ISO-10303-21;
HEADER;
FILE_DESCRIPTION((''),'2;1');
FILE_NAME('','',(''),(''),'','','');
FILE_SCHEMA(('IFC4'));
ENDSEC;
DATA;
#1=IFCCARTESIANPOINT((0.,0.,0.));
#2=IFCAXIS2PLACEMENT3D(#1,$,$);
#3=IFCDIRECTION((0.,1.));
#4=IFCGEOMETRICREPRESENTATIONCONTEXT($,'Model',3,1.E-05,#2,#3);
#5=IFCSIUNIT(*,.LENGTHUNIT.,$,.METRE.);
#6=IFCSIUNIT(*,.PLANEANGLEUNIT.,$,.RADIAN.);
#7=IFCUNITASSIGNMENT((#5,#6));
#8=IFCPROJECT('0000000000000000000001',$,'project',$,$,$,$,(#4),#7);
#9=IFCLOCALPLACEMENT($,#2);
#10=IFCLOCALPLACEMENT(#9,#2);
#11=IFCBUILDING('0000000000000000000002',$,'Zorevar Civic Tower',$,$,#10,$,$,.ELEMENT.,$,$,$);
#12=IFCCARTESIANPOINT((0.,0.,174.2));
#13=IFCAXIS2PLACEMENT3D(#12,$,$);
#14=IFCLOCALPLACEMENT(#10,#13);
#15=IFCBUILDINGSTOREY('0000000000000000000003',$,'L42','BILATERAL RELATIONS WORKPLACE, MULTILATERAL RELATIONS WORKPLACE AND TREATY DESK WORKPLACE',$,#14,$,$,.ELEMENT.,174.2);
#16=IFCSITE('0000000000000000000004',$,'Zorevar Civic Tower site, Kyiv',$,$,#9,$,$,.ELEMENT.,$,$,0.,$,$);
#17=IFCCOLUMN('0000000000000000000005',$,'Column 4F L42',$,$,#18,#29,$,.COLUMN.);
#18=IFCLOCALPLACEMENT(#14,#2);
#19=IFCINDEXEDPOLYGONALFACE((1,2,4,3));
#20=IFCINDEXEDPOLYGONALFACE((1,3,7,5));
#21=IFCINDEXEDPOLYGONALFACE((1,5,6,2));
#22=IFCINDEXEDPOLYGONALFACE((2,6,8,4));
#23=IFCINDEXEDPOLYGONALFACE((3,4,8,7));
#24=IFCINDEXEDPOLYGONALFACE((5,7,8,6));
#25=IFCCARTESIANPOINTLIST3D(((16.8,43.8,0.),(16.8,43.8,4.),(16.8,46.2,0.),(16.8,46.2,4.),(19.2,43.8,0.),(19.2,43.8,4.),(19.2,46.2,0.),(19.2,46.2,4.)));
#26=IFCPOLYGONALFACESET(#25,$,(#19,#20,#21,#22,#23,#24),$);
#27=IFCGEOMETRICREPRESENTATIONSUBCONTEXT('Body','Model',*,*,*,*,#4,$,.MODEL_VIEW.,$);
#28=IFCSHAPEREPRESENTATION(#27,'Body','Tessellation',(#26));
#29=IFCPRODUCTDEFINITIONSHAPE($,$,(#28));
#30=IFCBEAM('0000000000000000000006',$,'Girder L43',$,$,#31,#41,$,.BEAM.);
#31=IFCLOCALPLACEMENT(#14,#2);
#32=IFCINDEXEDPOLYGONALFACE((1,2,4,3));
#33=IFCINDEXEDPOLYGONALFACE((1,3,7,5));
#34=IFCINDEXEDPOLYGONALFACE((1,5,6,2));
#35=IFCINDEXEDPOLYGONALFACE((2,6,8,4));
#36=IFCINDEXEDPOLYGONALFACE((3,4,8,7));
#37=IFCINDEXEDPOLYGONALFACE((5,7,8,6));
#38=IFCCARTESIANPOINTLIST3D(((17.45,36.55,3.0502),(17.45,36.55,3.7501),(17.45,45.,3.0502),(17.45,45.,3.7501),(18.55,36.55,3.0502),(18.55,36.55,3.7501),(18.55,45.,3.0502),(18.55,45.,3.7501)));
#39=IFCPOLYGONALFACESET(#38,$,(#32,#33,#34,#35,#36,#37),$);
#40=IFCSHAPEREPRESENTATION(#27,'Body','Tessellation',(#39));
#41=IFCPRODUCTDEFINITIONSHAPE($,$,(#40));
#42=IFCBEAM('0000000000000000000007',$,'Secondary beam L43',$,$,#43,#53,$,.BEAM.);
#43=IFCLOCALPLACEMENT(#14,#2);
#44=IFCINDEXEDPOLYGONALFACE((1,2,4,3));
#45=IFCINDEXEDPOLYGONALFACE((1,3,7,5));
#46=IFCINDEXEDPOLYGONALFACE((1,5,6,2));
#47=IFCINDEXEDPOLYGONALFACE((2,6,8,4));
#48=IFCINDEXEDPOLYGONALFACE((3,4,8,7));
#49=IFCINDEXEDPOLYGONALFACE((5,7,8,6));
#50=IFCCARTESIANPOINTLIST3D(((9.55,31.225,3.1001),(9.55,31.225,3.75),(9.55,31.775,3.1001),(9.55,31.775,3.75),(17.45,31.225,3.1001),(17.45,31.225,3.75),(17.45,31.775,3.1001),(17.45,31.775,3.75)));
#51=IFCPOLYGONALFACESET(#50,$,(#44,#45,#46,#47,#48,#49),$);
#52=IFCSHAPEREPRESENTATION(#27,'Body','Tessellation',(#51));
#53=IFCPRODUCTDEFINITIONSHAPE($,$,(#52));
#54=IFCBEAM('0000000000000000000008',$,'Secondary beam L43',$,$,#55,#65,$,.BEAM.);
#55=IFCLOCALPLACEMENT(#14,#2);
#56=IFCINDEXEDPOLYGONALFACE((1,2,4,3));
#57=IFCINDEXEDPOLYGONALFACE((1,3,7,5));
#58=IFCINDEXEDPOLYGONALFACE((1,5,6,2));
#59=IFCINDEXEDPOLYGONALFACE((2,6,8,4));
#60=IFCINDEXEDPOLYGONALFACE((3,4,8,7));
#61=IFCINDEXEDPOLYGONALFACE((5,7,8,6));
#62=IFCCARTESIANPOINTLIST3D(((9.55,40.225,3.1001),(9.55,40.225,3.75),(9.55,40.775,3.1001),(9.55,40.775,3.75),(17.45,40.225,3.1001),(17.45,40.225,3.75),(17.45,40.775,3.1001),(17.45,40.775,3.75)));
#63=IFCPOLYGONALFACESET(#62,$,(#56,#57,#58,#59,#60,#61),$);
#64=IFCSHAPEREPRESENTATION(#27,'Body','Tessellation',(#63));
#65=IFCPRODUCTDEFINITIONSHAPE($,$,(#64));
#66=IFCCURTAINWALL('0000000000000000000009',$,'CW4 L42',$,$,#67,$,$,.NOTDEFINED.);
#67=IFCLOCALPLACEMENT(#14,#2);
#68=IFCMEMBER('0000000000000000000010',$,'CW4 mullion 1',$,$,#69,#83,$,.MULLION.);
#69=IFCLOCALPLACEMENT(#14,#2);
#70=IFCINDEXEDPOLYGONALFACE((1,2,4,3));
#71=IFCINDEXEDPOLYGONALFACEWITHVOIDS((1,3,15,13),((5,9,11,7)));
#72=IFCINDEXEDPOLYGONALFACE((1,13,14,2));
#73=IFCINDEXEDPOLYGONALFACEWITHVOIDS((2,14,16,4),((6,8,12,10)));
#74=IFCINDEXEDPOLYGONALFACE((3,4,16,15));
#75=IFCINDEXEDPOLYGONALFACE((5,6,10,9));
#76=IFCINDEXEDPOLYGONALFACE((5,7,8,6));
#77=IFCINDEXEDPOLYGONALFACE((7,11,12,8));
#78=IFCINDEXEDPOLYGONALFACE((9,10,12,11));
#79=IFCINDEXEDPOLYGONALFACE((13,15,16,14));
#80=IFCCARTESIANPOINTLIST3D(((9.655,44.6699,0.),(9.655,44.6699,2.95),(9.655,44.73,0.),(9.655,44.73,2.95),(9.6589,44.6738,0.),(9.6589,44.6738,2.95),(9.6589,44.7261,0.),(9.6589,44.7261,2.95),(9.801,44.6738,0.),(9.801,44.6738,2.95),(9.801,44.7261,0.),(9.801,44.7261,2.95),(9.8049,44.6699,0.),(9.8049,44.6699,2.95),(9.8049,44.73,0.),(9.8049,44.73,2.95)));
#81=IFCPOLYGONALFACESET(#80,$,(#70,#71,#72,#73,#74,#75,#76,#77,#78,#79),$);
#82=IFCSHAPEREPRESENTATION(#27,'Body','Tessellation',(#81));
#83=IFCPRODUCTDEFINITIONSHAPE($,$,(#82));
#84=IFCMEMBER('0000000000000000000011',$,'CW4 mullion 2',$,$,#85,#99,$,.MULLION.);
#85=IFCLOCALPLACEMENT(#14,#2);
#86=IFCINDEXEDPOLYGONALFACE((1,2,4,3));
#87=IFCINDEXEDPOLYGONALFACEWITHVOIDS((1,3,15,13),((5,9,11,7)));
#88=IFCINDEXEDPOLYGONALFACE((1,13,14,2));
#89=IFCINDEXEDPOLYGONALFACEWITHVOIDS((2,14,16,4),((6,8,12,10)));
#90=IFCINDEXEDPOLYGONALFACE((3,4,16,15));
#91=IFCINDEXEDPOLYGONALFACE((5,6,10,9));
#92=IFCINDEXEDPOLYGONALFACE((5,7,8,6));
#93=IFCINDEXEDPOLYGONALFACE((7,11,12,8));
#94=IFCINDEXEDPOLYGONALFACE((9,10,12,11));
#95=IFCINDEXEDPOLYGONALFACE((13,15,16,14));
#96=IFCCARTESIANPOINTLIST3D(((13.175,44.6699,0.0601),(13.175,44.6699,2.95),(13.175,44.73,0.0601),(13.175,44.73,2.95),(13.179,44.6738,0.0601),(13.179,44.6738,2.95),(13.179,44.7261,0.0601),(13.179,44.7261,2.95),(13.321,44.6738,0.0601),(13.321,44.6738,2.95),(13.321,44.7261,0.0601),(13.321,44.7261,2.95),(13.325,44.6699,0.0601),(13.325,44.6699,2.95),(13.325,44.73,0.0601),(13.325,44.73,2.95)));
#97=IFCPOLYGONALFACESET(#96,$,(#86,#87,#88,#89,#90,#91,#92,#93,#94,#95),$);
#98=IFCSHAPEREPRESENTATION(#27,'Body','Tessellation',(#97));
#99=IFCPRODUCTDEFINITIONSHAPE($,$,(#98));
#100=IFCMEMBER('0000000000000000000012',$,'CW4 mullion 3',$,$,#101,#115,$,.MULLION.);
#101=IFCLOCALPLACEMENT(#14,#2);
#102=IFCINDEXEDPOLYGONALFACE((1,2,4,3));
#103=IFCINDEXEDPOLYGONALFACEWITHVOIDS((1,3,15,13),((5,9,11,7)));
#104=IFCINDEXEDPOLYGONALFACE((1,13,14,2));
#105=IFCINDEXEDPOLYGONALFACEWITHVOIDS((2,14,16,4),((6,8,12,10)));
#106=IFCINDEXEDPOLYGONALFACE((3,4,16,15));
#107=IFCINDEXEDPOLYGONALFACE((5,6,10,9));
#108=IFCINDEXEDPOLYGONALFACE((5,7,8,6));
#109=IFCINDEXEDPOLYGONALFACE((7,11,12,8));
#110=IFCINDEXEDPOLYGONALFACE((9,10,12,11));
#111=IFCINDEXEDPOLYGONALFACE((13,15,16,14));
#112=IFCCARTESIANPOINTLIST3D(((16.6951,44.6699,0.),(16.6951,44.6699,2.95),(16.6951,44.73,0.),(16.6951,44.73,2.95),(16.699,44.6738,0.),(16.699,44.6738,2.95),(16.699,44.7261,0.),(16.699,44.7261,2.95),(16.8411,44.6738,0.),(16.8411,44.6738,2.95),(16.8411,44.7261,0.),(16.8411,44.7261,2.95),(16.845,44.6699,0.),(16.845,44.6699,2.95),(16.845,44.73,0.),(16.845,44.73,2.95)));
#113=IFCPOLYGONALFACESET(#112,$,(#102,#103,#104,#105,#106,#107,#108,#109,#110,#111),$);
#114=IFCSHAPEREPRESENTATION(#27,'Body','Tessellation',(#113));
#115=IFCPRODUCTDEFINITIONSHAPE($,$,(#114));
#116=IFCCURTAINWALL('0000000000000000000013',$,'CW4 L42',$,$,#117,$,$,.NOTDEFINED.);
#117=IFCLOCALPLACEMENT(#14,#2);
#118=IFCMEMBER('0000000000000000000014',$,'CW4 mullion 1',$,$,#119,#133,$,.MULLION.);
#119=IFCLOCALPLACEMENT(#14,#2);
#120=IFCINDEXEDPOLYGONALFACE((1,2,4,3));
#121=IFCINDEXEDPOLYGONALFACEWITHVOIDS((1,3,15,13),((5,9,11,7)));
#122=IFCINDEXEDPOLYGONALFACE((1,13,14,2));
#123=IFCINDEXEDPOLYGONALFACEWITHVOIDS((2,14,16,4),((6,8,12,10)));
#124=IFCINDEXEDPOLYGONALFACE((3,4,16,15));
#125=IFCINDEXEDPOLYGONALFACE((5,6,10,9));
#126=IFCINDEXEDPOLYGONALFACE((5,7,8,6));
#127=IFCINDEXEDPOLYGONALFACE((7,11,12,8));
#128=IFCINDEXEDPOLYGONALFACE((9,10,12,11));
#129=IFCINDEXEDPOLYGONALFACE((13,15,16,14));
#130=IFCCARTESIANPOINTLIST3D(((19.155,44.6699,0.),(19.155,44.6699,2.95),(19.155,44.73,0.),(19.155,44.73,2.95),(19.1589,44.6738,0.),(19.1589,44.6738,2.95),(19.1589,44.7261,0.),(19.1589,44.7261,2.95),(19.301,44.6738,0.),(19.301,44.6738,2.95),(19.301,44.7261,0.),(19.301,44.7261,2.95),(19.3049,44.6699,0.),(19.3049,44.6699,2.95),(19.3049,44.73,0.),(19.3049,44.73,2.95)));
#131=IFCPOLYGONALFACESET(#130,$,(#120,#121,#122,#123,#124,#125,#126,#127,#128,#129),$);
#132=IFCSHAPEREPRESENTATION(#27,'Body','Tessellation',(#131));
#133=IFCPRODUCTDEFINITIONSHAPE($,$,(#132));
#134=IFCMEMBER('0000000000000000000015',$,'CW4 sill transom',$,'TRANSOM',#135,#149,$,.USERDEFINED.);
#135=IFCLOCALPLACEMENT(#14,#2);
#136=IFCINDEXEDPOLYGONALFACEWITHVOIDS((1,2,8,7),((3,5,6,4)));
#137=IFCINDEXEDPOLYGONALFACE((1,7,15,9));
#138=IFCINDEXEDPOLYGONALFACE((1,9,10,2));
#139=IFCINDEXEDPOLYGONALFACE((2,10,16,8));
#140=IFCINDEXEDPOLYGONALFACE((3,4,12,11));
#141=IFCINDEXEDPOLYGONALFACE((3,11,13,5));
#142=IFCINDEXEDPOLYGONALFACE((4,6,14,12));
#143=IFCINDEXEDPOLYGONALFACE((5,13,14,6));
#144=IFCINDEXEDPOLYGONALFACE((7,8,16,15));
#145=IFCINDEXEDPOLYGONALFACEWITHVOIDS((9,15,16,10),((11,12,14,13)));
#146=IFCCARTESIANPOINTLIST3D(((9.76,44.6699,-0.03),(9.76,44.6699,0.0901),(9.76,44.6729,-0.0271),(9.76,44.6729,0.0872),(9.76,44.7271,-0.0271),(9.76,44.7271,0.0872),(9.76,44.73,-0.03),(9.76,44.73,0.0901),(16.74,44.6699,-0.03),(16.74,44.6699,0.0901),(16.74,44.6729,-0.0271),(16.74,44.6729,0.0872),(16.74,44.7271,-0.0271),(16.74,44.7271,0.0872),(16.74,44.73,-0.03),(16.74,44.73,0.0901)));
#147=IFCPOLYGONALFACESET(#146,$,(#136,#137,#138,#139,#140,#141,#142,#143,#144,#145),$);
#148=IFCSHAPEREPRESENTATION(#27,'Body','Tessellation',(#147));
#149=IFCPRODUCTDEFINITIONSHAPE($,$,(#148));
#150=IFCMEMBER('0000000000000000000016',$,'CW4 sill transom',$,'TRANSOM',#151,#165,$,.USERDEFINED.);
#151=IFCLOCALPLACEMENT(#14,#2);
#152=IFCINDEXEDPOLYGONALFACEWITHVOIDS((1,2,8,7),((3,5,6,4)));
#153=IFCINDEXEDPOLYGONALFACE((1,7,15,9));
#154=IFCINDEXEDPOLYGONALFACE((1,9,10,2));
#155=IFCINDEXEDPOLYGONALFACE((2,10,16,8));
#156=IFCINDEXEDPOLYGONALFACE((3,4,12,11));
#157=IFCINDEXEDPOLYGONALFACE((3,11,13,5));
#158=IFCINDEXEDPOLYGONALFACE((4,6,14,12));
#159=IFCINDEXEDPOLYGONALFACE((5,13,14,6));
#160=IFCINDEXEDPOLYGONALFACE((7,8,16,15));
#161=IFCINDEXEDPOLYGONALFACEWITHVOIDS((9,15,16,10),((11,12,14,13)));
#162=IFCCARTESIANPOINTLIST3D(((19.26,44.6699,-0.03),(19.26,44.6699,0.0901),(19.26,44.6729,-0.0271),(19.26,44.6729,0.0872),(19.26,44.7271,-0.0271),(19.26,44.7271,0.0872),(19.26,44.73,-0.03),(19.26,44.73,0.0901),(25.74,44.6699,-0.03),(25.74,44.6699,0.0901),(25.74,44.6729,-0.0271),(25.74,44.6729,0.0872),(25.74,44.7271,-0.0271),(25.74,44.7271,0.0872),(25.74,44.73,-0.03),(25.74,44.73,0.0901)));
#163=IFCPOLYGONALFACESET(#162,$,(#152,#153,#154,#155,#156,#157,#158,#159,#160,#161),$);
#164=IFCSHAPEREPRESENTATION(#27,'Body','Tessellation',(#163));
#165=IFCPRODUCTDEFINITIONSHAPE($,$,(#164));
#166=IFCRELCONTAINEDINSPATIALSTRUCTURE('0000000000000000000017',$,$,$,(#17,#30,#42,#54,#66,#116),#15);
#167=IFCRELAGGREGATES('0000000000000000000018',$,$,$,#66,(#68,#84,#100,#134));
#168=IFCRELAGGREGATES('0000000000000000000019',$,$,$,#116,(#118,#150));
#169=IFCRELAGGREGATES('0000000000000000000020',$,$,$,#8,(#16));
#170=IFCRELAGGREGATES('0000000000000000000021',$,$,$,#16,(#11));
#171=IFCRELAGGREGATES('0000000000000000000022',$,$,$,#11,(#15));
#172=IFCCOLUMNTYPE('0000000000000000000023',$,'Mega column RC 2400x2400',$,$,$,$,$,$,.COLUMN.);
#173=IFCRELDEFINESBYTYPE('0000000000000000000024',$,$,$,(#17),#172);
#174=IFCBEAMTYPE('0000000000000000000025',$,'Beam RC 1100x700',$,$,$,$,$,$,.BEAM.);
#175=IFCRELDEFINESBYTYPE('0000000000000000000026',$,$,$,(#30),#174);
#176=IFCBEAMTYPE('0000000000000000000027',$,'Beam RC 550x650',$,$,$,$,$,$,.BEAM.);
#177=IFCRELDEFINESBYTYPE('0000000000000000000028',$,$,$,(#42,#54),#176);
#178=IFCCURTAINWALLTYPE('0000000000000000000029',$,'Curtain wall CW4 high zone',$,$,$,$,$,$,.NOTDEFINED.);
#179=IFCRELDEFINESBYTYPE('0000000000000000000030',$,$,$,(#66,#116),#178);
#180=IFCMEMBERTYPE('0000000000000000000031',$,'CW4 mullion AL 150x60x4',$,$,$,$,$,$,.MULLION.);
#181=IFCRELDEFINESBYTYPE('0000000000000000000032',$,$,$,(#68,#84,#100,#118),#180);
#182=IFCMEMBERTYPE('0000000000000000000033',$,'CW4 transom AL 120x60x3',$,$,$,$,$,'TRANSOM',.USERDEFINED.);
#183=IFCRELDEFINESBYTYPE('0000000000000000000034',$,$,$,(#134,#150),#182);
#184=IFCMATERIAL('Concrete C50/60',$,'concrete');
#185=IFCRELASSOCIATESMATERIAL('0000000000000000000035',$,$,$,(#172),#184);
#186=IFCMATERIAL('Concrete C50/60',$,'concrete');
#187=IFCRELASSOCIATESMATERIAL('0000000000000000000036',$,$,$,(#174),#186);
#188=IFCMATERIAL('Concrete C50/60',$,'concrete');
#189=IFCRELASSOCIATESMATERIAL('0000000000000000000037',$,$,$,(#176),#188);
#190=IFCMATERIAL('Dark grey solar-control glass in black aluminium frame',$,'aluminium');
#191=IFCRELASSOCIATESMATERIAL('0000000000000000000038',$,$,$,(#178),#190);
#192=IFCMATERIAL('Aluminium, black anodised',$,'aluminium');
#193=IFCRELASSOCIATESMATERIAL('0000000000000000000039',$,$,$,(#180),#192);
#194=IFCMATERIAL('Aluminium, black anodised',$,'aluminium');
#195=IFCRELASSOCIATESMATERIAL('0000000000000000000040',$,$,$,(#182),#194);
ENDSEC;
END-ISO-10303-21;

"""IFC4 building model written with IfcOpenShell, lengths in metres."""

from ifc_helpers import new_model, si_unit, direction, frame, origin, origin_2d, place, context, subcontext, project, spatial, rectangle, hollow_rectangle, extrude, material, material_profile, profile_set, type_object, element, aggregate, save


model = new_model("IFC4")

# Units and contexts
model_context = context("Model", 3, precision=1e-05, world=origin(), true_north=direction((0.0, 1.0)))
body_context = subcontext(model_context, "Body", "Model", "MODEL_VIEW")
ifc_project = project(units=[si_unit("LENGTHUNIT", "METRE"), si_unit("PLANEANGLEUNIT", "RADIAN")], contexts=[model_context])

# Site, building, storey
site_placement = place(None, origin())
site = spatial("IfcSite", under=ifc_project, at=site_placement, Name="Zorevar Civic Tower site, Kyiv", CompositionType="ELEMENT", RefElevation=0.0)
building_placement = place(site_placement, origin())
building = spatial("IfcBuilding", under=site, at=building_placement, Name="Zorevar Civic Tower", CompositionType="ELEMENT")
storey_placement = place(building_placement, frame((0.0, 0.0, 174.2)))
storey = spatial("IfcBuildingStorey", under=building, at=storey_placement, Name="L42", Description="BILATERAL RELATIONS WORKPLACE, MULTILATERAL RELATIONS WORKPLACE AND TREATY DESK WORKPLACE", CompositionType="ELEMENT", Elevation=174.2)

# Column
ifc_material_1 = material(Name="Concrete C50/60", Category="concrete")
ifc_material_profile_1 = material_profile(ifc_material_1, rectangle(XDim=2.3999, YDim=2.3999, at=origin_2d()), Name="RC 2400x2400")
ifc_profile_set_1 = profile_set([ifc_material_profile_1], Name="Concrete C50/60")
column_type = type_object("IfcColumnType", Name="Mega column RC 2400x2400", PredefinedType="COLUMN", material=ifc_profile_set_1)
column_placement = place(storey_placement, frame((18.0, 45.0, 0.0), z_axis=(0.0, 0.0, 1.0), x_axis=(1.0, 0.0, 0.0)))
element("IfcColumn", 1, at=column_placement, inside=storey, type_object=column_type, Name="Column 4F L42", PredefinedType="COLUMN", context=body_context, shape_type="SweptSolid", body=[
    extrude(rectangle(XDim=2.3999, YDim=2.3999, at=origin_2d()), origin(), (0.0, 0.0, 1.0), 4.0),
])

# Beams
ifc_material_2 = material(Name="Concrete C50/60", Category="concrete")
ifc_material_profile_2 = material_profile(ifc_material_2, rectangle(XDim=1.1001, YDim=0.7, at=origin_2d()), Name="RC 1100x700")
ifc_profile_set_2 = profile_set([ifc_material_profile_2], Name="Concrete C50/60")
beam_type_1 = type_object("IfcBeamType", Name="Beam RC 1100x700", PredefinedType="BEAM", material=ifc_profile_set_2)
beam_1_placement = place(storey_placement, frame((18.0, 36.55, 3.4001), z_axis=(0.0, 1.0, 0.0), x_axis=(-1.0, 0.0, 0.0)))
element("IfcBeam", 2, at=beam_1_placement, inside=storey, type_object=beam_type_1, Name="Girder L43", PredefinedType="BEAM", context=body_context, shape_type="SweptSolid", body=[
    extrude(rectangle(XDim=1.1001, YDim=0.7, at=origin_2d()), origin(), (0.0, 0.0, 1.0), 8.45),
])
ifc_material_3 = material(Name="Concrete C50/60", Category="concrete")
ifc_material_profile_3 = material_profile(ifc_material_3, rectangle(XDim=0.55, YDim=0.6499, at=origin_2d()), Name="RC 550x650")
ifc_profile_set_3 = profile_set([ifc_material_profile_3], Name="Concrete C50/60")
beam_type_2 = type_object("IfcBeamType", Name="Beam RC 550x650", PredefinedType="BEAM", material=ifc_profile_set_3)
for number, where, z_axis, x_axis, name in (
    (3, (9.55, 31.5, 3.425), (1.0, 0.0, 0.0), (0.0, 1.0, 0.0), "Secondary beam L43"),
    (4, (9.55, 40.5, 3.425), (1.0, 0.0, 0.0), (0.0, 1.0, 0.0), "Secondary beam L43"),
):
    element("IfcBeam", number, at=place(storey_placement, frame(where, z_axis=z_axis, x_axis=x_axis)), inside=storey, type_object=beam_type_2, Name=name, PredefinedType="BEAM", context=body_context, shape_type="SweptSolid", body=[
        extrude(rectangle(XDim=0.55, YDim=0.6499, at=origin_2d()), origin(), (0.0, 0.0, 1.0), 7.8999),
    ])

# Curtain wall, members
ifc_material_4 = material(Name="Dark grey solar-control glass in black aluminium frame", Category="aluminium")
curtain_wall_type = type_object("IfcCurtainWallType", Name="Curtain wall CW4 high zone", PredefinedType="NOTDEFINED", material=ifc_material_4)
curtain_wall_1_placement = place(storey_placement, origin())
curtain_wall_1 = element("IfcCurtainWall", 5, at=curtain_wall_1_placement, inside=storey, type_object=curtain_wall_type, Name="CW4 L42", PredefinedType="NOTDEFINED")
ifc_material_5 = material(Name="Aluminium, black anodised", Category="aluminium")
ifc_material_profile_4 = material_profile(ifc_material_5, hollow_rectangle(XDim=0.0601, YDim=0.1499, WallThickness=0.0039, at=origin_2d()), Name="AL 150x60x4")
ifc_profile_set_4 = profile_set([ifc_material_profile_4], Name="Aluminium, black anodised")
member_type_1 = type_object("IfcMemberType", Name="CW4 mullion AL 150x60x4", PredefinedType="MULLION", material=ifc_profile_set_4)
member_1_placement = place(storey_placement, frame((9.73, 44.7, 0.0), z_axis=(0.0, 0.0, 1.0), x_axis=(0.0, 1.0, 0.0)))
member_1 = element("IfcMember", 6, at=member_1_placement, type_object=member_type_1, Name="CW4 mullion 1", PredefinedType="MULLION", context=body_context, shape_type="SweptSolid", body=[
    extrude(hollow_rectangle(XDim=0.0601, YDim=0.1499, WallThickness=0.0039, at=origin_2d()), origin(), (0.0, 0.0, 1.0), 2.95),
])
member_2_placement = place(storey_placement, frame((13.25, 44.7, 0.0601), z_axis=(0.0, 0.0, 1.0), x_axis=(0.0, 1.0, 0.0)))
member_2 = element("IfcMember", 7, at=member_2_placement, type_object=member_type_1, Name="CW4 mullion 2", PredefinedType="MULLION", context=body_context, shape_type="SweptSolid", body=[
    extrude(hollow_rectangle(XDim=0.0601, YDim=0.1499, WallThickness=0.0039, at=origin_2d()), origin(), (0.0, 0.0, 1.0), 2.8899),
])
member_3_placement = place(storey_placement, frame((16.77, 44.7, 0.0), z_axis=(0.0, 0.0, 1.0), x_axis=(0.0, 1.0, 0.0)))
member_3 = element("IfcMember", 8, at=member_3_placement, type_object=member_type_1, Name="CW4 mullion 3", PredefinedType="MULLION", context=body_context, shape_type="SweptSolid", body=[
    extrude(hollow_rectangle(XDim=0.0601, YDim=0.1499, WallThickness=0.0039, at=origin_2d()), origin(), (0.0, 0.0, 1.0), 2.95),
])

# Curtain wall, member
curtain_wall_2_placement = place(storey_placement, origin())
curtain_wall_2 = element("IfcCurtainWall", 9, at=curtain_wall_2_placement, inside=storey, type_object=curtain_wall_type, Name="CW4 L42", PredefinedType="NOTDEFINED")
member_4_placement = place(storey_placement, frame((19.23, 44.7, 0.0), z_axis=(0.0, 0.0, 1.0), x_axis=(0.0, 1.0, 0.0)))
member_4 = element("IfcMember", 10, at=member_4_placement, type_object=member_type_1, Name="CW4 mullion 1", PredefinedType="MULLION", context=body_context, shape_type="SweptSolid", body=[
    extrude(hollow_rectangle(XDim=0.0601, YDim=0.1499, WallThickness=0.0039, at=origin_2d()), origin(), (0.0, 0.0, 1.0), 2.95),
])

# Members
ifc_material_6 = material(Name="Aluminium, black anodised", Category="aluminium")
ifc_material_profile_5 = material_profile(ifc_material_6, hollow_rectangle(XDim=0.0601, YDim=0.1201, WallThickness=0.0029, at=origin_2d()), Name="AL 120x60x3")
ifc_profile_set_5 = profile_set([ifc_material_profile_5], Name="Aluminium, black anodised")
member_type_2 = type_object("IfcMemberType", Name="CW4 transom AL 120x60x3", ElementType="TRANSOM", PredefinedType="USERDEFINED", material=ifc_profile_set_5)
member_5_placement = place(storey_placement, frame((9.76, 44.7, 0.03), z_axis=(1.0, 0.0, 0.0), x_axis=(0.0, 1.0, 0.0)))
member_5 = element("IfcMember", 11, at=member_5_placement, type_object=member_type_2, Name="CW4 sill transom", ObjectType="TRANSOM", PredefinedType="USERDEFINED", context=body_context, shape_type="SweptSolid", body=[
    extrude(hollow_rectangle(XDim=0.0601, YDim=0.1201, WallThickness=0.0029, at=origin_2d()), origin(), (0.0, 0.0, 1.0), 6.98),
])
member_6_placement = place(storey_placement, frame((19.26, 44.7, 0.03), z_axis=(1.0, 0.0, 0.0), x_axis=(0.0, 1.0, 0.0)))
member_6 = element("IfcMember", 12, at=member_6_placement, type_object=member_type_2, Name="CW4 sill transom", ObjectType="TRANSOM", PredefinedType="USERDEFINED", context=body_context, shape_type="SweptSolid", body=[
    extrude(hollow_rectangle(XDim=0.0601, YDim=0.1201, WallThickness=0.0029, at=origin_2d()), origin(), (0.0, 0.0, 1.0), 6.48),
])

aggregate(curtain_wall_1, [member_1, member_2, member_3, member_5])
aggregate(curtain_wall_2, [member_4, member_6])

save(model, "model.ifc")
